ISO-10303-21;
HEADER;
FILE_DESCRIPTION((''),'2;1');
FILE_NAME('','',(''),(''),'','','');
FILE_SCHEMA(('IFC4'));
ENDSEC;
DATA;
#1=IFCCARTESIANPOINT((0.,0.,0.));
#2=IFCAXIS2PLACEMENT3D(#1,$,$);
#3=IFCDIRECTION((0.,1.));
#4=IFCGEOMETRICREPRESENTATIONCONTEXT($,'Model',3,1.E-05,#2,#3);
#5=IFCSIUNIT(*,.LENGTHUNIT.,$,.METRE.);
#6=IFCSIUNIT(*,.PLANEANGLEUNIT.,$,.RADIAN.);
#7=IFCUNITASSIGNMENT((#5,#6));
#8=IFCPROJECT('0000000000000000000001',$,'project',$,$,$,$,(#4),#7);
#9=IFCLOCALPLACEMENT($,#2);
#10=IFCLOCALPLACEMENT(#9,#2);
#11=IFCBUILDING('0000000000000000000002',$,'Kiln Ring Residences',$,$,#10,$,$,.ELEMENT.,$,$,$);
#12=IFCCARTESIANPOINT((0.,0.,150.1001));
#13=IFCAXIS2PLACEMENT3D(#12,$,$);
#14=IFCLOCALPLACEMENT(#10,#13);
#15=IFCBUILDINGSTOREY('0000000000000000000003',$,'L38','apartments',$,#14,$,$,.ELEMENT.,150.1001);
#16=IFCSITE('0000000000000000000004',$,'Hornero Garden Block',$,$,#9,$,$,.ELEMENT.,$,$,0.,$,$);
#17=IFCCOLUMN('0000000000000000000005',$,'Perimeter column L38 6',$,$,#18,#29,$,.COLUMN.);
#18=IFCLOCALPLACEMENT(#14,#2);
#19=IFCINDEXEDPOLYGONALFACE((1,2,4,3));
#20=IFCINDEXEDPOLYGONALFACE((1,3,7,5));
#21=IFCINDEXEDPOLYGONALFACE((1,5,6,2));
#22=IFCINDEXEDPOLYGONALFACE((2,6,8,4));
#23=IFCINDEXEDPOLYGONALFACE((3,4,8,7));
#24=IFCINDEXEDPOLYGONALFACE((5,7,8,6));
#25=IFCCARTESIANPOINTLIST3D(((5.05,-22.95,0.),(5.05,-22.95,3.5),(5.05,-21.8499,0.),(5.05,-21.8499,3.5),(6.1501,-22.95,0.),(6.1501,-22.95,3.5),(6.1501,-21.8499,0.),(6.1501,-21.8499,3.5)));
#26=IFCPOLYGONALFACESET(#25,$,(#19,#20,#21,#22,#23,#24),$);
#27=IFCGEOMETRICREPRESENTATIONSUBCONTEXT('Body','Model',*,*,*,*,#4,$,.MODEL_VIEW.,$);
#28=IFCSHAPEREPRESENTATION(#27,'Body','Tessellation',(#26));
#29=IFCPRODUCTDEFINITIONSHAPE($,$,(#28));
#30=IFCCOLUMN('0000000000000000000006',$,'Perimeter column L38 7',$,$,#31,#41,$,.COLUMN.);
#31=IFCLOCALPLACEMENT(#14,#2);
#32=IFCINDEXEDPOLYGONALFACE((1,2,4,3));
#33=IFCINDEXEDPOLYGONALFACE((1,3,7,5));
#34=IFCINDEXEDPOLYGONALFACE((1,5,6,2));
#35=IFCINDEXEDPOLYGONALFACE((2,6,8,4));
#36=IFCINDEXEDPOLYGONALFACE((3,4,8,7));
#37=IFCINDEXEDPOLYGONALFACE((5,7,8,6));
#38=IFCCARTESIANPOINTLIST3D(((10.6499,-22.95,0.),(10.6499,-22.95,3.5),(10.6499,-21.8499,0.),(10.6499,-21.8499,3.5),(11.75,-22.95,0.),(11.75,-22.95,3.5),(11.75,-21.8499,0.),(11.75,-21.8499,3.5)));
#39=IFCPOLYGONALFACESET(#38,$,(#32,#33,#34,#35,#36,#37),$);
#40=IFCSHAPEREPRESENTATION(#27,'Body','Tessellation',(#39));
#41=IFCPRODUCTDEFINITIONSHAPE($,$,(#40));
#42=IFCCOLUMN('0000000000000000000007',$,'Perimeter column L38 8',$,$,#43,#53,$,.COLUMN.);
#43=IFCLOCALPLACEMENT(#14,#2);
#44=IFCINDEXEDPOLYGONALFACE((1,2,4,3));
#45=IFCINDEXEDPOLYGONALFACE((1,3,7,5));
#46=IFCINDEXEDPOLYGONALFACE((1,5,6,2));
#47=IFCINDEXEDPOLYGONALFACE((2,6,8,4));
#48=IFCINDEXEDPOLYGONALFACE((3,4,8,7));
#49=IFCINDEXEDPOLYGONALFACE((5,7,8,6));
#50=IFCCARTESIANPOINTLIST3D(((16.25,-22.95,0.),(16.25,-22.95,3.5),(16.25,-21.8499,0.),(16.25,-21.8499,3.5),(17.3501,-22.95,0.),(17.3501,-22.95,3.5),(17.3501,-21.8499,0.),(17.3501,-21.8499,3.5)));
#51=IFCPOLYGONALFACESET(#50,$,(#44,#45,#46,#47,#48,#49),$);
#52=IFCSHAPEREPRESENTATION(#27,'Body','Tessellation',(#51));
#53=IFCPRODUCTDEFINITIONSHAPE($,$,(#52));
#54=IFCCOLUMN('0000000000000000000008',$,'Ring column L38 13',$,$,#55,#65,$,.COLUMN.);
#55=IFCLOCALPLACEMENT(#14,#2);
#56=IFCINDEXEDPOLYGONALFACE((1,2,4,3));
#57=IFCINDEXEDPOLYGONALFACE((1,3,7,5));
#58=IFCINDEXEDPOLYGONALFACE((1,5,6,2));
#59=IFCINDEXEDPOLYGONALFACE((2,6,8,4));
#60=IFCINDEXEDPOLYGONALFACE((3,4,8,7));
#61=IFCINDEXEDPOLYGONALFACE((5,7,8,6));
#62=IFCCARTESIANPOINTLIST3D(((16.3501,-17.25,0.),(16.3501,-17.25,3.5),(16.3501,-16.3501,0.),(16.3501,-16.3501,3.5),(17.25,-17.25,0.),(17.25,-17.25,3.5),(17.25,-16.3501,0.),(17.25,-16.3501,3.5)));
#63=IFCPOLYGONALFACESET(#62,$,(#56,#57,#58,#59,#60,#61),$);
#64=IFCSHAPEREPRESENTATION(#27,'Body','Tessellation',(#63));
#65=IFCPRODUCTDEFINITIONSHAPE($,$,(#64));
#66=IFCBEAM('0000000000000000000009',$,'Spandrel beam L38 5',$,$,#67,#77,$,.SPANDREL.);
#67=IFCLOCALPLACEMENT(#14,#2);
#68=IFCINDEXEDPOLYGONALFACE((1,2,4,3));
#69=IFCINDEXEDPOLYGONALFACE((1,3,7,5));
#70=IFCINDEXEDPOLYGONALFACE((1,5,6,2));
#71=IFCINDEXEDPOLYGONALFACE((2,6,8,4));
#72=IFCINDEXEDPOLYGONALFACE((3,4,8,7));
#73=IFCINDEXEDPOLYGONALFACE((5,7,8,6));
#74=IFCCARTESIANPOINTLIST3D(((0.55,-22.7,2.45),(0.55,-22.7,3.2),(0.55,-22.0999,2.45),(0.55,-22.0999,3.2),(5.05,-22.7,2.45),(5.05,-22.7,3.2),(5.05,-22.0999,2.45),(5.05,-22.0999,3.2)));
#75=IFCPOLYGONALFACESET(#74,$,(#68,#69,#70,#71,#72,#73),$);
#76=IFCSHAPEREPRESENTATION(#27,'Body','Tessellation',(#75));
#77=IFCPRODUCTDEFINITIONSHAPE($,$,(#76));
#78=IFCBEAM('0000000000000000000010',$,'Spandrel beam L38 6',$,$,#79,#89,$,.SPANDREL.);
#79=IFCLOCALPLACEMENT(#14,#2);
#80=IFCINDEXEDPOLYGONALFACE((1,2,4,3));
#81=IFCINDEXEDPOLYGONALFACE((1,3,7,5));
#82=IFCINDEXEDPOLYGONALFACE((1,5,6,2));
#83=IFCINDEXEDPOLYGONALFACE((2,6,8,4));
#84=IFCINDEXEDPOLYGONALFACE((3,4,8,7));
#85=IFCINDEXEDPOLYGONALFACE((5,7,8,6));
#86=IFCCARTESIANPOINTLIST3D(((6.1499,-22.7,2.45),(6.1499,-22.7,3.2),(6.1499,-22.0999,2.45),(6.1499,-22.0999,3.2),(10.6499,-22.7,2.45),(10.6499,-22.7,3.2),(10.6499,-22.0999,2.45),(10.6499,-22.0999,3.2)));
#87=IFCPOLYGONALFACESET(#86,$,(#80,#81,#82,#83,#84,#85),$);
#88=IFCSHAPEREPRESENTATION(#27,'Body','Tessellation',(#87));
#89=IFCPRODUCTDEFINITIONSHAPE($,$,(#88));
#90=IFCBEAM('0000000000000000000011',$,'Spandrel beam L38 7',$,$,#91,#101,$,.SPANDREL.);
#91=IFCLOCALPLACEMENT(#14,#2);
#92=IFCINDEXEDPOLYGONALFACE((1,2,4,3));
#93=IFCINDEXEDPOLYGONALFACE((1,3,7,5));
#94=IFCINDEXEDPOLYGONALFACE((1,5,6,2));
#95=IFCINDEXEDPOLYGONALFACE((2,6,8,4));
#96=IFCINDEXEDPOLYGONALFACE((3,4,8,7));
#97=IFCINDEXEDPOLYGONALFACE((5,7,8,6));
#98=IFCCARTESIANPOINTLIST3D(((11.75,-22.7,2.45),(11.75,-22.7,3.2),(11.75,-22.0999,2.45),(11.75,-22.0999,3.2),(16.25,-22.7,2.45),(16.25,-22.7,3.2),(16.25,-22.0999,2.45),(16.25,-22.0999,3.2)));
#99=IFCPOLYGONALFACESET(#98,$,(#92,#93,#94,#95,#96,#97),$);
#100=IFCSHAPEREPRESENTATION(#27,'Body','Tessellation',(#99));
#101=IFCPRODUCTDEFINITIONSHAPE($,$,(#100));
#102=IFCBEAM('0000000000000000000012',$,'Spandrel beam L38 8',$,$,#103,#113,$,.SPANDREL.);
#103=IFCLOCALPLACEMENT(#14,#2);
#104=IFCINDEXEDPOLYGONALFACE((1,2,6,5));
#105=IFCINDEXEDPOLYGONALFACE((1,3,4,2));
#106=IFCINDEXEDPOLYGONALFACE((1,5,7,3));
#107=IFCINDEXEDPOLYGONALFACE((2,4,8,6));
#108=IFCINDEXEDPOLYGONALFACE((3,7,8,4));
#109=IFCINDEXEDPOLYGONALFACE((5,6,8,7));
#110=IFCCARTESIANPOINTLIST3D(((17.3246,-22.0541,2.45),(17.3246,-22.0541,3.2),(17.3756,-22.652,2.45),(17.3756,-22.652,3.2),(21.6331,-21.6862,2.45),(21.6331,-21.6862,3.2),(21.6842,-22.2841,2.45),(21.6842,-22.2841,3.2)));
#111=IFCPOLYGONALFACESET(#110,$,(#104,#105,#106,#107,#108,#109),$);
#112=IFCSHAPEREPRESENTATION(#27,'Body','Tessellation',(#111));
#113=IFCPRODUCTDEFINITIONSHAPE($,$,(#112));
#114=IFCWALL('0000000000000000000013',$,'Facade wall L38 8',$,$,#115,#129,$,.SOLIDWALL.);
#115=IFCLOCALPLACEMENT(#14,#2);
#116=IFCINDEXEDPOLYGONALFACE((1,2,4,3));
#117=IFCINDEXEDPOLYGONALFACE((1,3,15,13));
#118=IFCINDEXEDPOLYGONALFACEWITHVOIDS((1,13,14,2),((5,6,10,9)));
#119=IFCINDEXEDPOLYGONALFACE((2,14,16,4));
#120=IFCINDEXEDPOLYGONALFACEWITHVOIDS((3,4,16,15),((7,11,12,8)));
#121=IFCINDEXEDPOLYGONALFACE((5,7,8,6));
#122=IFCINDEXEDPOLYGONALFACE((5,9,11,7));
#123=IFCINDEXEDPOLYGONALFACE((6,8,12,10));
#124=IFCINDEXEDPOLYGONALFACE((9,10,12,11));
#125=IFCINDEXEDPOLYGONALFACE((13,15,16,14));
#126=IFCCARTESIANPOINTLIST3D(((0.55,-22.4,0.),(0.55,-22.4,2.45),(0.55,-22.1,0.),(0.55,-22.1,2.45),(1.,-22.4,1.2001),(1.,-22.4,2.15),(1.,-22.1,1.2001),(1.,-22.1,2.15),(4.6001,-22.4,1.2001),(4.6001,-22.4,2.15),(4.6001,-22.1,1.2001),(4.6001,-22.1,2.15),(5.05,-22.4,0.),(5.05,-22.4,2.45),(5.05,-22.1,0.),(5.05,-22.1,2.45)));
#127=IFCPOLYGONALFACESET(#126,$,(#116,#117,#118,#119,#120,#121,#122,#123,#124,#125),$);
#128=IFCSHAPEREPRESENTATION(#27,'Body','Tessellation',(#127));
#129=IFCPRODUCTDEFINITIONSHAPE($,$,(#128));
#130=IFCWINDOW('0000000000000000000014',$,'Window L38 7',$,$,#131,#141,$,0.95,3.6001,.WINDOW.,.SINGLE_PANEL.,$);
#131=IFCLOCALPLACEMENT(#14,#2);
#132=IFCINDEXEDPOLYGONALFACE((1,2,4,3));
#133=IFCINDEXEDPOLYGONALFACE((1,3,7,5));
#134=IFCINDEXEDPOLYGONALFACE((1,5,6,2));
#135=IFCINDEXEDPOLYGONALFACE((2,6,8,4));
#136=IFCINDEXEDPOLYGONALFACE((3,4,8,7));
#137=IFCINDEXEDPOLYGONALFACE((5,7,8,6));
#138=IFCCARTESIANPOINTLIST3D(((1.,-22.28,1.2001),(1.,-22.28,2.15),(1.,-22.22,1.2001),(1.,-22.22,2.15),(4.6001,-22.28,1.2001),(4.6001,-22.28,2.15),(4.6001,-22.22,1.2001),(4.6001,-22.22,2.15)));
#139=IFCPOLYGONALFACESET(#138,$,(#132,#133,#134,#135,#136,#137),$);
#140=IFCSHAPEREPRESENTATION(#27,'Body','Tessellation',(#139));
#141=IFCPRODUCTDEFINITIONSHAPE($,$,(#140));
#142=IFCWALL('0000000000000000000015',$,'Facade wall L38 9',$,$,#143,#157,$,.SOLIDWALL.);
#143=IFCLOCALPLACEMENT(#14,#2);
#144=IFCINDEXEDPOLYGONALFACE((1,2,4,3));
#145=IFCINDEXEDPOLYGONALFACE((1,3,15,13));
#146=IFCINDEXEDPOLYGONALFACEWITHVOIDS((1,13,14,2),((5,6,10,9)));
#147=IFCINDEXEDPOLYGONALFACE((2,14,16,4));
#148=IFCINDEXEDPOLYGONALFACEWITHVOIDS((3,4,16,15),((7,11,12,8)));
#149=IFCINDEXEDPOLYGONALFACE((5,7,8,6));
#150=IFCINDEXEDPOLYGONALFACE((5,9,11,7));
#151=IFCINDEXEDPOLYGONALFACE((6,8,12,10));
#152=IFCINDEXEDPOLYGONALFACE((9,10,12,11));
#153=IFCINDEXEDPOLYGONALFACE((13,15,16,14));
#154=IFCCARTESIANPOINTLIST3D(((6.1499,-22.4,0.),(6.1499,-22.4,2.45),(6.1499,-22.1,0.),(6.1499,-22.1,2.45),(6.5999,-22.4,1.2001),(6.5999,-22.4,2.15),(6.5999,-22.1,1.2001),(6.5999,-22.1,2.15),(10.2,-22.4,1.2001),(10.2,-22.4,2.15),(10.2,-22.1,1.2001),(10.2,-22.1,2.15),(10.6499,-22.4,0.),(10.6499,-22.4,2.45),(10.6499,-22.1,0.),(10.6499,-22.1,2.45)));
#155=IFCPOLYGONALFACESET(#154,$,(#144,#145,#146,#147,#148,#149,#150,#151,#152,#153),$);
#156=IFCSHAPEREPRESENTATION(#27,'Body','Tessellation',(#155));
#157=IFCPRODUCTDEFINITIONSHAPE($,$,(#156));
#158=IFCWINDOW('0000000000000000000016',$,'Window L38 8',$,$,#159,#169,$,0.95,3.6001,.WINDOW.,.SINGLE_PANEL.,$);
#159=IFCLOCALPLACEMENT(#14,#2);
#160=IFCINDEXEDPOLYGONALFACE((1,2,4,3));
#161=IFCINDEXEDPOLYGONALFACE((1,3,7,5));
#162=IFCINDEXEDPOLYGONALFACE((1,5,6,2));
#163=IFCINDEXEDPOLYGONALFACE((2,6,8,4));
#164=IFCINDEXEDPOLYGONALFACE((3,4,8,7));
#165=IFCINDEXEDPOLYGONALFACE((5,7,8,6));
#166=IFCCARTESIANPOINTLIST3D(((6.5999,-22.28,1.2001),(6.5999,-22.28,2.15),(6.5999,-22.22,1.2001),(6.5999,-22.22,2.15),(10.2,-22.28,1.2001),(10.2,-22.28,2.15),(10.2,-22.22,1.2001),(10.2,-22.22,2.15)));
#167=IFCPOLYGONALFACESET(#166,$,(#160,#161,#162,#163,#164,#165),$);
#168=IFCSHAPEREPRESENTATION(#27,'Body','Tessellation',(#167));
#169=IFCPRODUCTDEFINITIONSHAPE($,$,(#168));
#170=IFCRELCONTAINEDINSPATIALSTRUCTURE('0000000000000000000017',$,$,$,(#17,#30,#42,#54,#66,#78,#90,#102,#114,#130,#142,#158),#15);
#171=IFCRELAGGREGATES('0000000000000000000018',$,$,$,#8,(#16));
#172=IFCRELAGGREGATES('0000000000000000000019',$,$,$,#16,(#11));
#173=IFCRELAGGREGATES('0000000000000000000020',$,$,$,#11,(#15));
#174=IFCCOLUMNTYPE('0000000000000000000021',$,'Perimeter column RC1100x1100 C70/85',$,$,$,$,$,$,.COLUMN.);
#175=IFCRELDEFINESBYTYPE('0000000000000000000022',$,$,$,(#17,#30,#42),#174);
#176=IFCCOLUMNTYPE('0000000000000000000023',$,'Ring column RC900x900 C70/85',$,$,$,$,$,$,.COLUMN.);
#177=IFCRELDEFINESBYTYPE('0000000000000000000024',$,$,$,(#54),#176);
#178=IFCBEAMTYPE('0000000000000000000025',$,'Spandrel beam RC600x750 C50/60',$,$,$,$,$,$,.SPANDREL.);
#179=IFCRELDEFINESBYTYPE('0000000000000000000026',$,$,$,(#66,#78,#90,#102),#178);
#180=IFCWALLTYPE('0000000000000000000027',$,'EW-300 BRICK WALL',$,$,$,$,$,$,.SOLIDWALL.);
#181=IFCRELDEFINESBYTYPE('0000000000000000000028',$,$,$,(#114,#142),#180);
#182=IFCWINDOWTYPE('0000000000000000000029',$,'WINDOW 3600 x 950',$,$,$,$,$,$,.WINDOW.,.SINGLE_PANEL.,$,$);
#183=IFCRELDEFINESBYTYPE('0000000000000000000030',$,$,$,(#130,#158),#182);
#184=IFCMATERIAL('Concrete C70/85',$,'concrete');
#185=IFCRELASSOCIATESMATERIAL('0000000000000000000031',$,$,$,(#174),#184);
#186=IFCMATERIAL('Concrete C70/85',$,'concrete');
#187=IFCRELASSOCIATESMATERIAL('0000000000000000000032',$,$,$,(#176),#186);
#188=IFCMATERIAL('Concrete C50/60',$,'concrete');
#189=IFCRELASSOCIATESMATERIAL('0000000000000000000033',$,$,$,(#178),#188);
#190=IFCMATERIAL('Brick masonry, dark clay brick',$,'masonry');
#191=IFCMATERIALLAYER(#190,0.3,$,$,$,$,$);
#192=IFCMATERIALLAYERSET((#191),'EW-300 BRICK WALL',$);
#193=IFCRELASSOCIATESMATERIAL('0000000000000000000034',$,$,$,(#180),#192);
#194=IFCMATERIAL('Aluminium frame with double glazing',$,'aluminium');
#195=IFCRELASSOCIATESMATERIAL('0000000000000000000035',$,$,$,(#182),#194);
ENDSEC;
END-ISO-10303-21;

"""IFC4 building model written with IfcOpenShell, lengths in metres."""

from ifc_helpers import new_model, si_unit, direction, frame, frame_2d, origin, origin_2d, place, context, subcontext, project, spatial, rectangle, extrude, material, layer, layer_set, material_profile, profile_set, type_object, element, fill, save


model = new_model("IFC4")

# Units and contexts
model_context = context("Model", 3, precision=1e-05, world=origin(), true_north=direction((0.0, 1.0)))
body_context = subcontext(model_context, "Body", "Model", "MODEL_VIEW")
ifc_project = project(units=[si_unit("LENGTHUNIT", "METRE"), si_unit("PLANEANGLEUNIT", "RADIAN")], contexts=[model_context])

# Site, building, storey
site_placement = place(None, origin())
site = spatial("IfcSite", under=ifc_project, at=site_placement, Name="Hornero Garden Block", CompositionType="ELEMENT", RefElevation=0.0)
building_placement = place(site_placement, origin())
building = spatial("IfcBuilding", under=site, at=building_placement, Name="Kiln Ring Residences", CompositionType="ELEMENT")
storey_placement = place(building_placement, frame((0.0, 0.0, 150.1001)))
storey = spatial("IfcBuildingStorey", under=building, at=storey_placement, Name="L38", Description="apartments", CompositionType="ELEMENT", Elevation=150.1001)

# Columns
ifc_material_1 = material(Name="Concrete C70/85", Category="concrete")
ifc_material_profile_1 = material_profile(ifc_material_1, rectangle(XDim=1.1001, YDim=1.1001, at=origin_2d()), Name="RC1100x1100")
ifc_profile_set_1 = profile_set([ifc_material_profile_1], Name="Concrete C70/85")
column_type_1 = type_object("IfcColumnType", Name="Perimeter column RC1100x1100 C70/85", PredefinedType="COLUMN", material=ifc_profile_set_1)
for number, where, z_axis, x_axis, name in (
    (1, (5.6001, -22.3999, 0.0), (0.0, 0.0, 1.0), (1.0, 0.0, 0.0), "Perimeter column L38 6"),
    (2, (11.2, -22.3999, 0.0), (0.0, 0.0, 1.0), (1.0, 0.0, 0.0), "Perimeter column L38 7"),
    (3, (16.8, -22.3999, 0.0), (0.0, 0.0, 1.0), (1.0, 0.0, 0.0), "Perimeter column L38 8"),
):
    element("IfcColumn", number, at=place(storey_placement, frame(where, z_axis=z_axis, x_axis=x_axis)), inside=storey, type_object=column_type_1, Name=name, PredefinedType="COLUMN", context=body_context, shape_type="SweptSolid", body=[
        extrude(rectangle(XDim=1.1001, YDim=1.1001, at=origin_2d()), origin(), (0.0, 0.0, 1.0), 3.5),
    ])
ifc_material_2 = material(Name="Concrete C70/85", Category="concrete")
ifc_material_profile_2 = material_profile(ifc_material_2, rectangle(XDim=0.8999, YDim=0.8999, at=origin_2d()), Name="RC900x900")
ifc_profile_set_2 = profile_set([ifc_material_profile_2], Name="Concrete C70/85")
column_type_2 = type_object("IfcColumnType", Name="Ring column RC900x900 C70/85", PredefinedType="COLUMN", material=ifc_profile_set_2)
column_placement = place(storey_placement, frame((16.8, -16.8, 0.0), z_axis=(0.0, 0.0, 1.0), x_axis=(1.0, 0.0, 0.0)))
element("IfcColumn", 4, at=column_placement, inside=storey, type_object=column_type_2, Name="Ring column L38 13", PredefinedType="COLUMN", context=body_context, shape_type="SweptSolid", body=[
    extrude(rectangle(XDim=0.8999, YDim=0.8999, at=origin_2d()), origin(), (0.0, 0.0, 1.0), 3.5),
])

# Beams
ifc_material_3 = material(Name="Concrete C50/60", Category="concrete")
ifc_material_profile_3 = material_profile(ifc_material_3, rectangle(XDim=0.6001, YDim=0.75, at=origin_2d()), Name="RC600x750")
ifc_profile_set_3 = profile_set([ifc_material_profile_3], Name="Concrete C50/60")
beam_type = type_object("IfcBeamType", Name="Spandrel beam RC600x750 C50/60", PredefinedType="SPANDREL", material=ifc_profile_set_3)
for number, where, z_axis, x_axis, name in (
    (5, (0.55, -22.3999, 2.825), (1.0, 0.0, 0.0), (0.0, 1.0, 0.0), "Spandrel beam L38 5"),
    (6, (6.1499, -22.3999, 2.825), (1.0, 0.0, 0.0), (0.0, 1.0, 0.0), "Spandrel beam L38 6"),
    (7, (11.75, -22.3999, 2.825), (1.0, 0.0, 0.0), (0.0, 1.0, 0.0), "Spandrel beam L38 7"),
):
    element("IfcBeam", number, at=place(storey_placement, frame(where, z_axis=z_axis, x_axis=x_axis)), inside=storey, type_object=beam_type, Name=name, PredefinedType="SPANDREL", context=body_context, shape_type="SweptSolid", body=[
        extrude(rectangle(XDim=0.6001, YDim=0.75, at=origin_2d()), origin(), (0.0, 0.0, 1.0), 4.5),
    ])
beam_placement = place(storey_placement, frame((17.3501, -22.353, 2.825), z_axis=(0.996374, 0.085082, 0.0), x_axis=(-0.085082, 0.996374, 0.0)))
element("IfcBeam", 8, at=beam_placement, inside=storey, type_object=beam_type, Name="Spandrel beam L38 8", PredefinedType="SPANDREL", context=body_context, shape_type="SweptSolid", body=[
    extrude(rectangle(XDim=0.6001, YDim=0.75, at=origin_2d()), origin(), (0.0, 0.0, 1.0), 4.3242),
])

# Walls, openings, windows
ifc_material_4 = material(Name="Brick masonry, dark clay brick", Category="masonry")
ifc_layer_1 = layer(ifc_material_4, 0.3)
ifc_layer_set_1 = layer_set([ifc_layer_1], Name="EW-300 BRICK WALL")
wall_type_1 = type_object("IfcWallType", Name="EW-300 BRICK WALL", PredefinedType="SOLIDWALL", material=ifc_layer_set_1)
wall_1_placement = place(storey_placement, frame((0.55, -22.25, 0.0), z_axis=(0.0, 0.0, 1.0), x_axis=(1.0, 0.0, 0.0)))
wall_1 = element("IfcWall", 9, at=wall_1_placement, inside=storey, type_object=wall_type_1, Name="Facade wall L38 8", PredefinedType="SOLIDWALL", context=body_context, shape_type="SweptSolid", body=[
    extrude(rectangle(XDim=4.5, YDim=0.3, at=frame_2d((2.25, 0.0))), origin(), (0.0, 0.0, 1.0), 2.45),
])
opening_1_placement = place(wall_1_placement, frame((0.45, 0.0, 1.2)))
opening_1 = element("IfcOpeningElement", 10, at=opening_1_placement, cuts=wall_1, PredefinedType="OPENING", context=body_context, shape_type="SweptSolid", body=[
    extrude(rectangle(XDim=3.6001, YDim=0.95, at=frame_2d((1.8, 0.4751))), frame((0.0, 0.1599, 0.0), z_axis=(0.0, -1.0, 0.0), x_axis=(1.0, 0.0, 0.0)), (0.0, 0.0, 1.0), 0.3201),
])
ifc_material_5 = material(Name="Aluminium frame with double glazing", Category="aluminium")
window_type_1 = type_object("IfcWindowType", Name="WINDOW 3600 x 950", PartitioningType="SINGLE_PANEL", PredefinedType="WINDOW", material=ifc_material_5)
window_1_placement = place(opening_1_placement, origin())
window_1 = element("IfcWindow", 11, at=window_1_placement, inside=storey, type_object=window_type_1, Name="Window L38 7", OverallHeight=0.95, OverallWidth=3.6001, PartitioningType="SINGLE_PANEL", PredefinedType="WINDOW", context=body_context, shape_type="SweptSolid", body=[
    extrude(rectangle(XDim=3.6001, YDim=0.95, at=frame_2d((1.8, 0.4751))), frame((0.0, 0.03, 0.0), z_axis=(0.0, -1.0, 0.0), x_axis=(1.0, 0.0, 0.0)), (0.0, 0.0, 1.0), 0.0601),
])
fill(opening_1, window_1)
wall_2_placement = place(storey_placement, frame((6.1499, -22.25, 0.0), z_axis=(0.0, 0.0, 1.0), x_axis=(1.0, 0.0, 0.0)))
wall_2 = element("IfcWall", 12, at=wall_2_placement, inside=storey, type_object=wall_type_1, Name="Facade wall L38 9", PredefinedType="SOLIDWALL", context=body_context, shape_type="SweptSolid", body=[
    extrude(rectangle(XDim=4.5, YDim=0.3, at=frame_2d((2.25, 0.0))), origin(), (0.0, 0.0, 1.0), 2.45),
])
opening_2_placement = place(wall_2_placement, frame((0.45, 0.0, 1.2)))
opening_2 = element("IfcOpeningElement", 13, at=opening_2_placement, cuts=wall_2, PredefinedType="OPENING", context=body_context, shape_type="SweptSolid", body=[
    extrude(rectangle(XDim=3.6001, YDim=0.95, at=frame_2d((1.8, 0.4751))), frame((0.0, 0.1599, 0.0), z_axis=(0.0, -1.0, 0.0), x_axis=(1.0, 0.0, 0.0)), (0.0, 0.0, 1.0), 0.3201),
])
window_2_placement = place(opening_2_placement, origin())
window_2 = element("IfcWindow", 14, at=window_2_placement, inside=storey, type_object=window_type_1, Name="Window L38 8", OverallHeight=0.95, OverallWidth=3.6001, PartitioningType="SINGLE_PANEL", PredefinedType="WINDOW", context=body_context, shape_type="SweptSolid", body=[
    extrude(rectangle(XDim=3.6001, YDim=0.95, at=frame_2d((1.8, 0.4751))), frame((0.0, 0.03, 0.0), z_axis=(0.0, -1.0, 0.0), x_axis=(1.0, 0.0, 0.0)), (0.0, 0.0, 1.0), 0.0601),
])
fill(opening_2, window_2)

save(model, "model.ifc")
